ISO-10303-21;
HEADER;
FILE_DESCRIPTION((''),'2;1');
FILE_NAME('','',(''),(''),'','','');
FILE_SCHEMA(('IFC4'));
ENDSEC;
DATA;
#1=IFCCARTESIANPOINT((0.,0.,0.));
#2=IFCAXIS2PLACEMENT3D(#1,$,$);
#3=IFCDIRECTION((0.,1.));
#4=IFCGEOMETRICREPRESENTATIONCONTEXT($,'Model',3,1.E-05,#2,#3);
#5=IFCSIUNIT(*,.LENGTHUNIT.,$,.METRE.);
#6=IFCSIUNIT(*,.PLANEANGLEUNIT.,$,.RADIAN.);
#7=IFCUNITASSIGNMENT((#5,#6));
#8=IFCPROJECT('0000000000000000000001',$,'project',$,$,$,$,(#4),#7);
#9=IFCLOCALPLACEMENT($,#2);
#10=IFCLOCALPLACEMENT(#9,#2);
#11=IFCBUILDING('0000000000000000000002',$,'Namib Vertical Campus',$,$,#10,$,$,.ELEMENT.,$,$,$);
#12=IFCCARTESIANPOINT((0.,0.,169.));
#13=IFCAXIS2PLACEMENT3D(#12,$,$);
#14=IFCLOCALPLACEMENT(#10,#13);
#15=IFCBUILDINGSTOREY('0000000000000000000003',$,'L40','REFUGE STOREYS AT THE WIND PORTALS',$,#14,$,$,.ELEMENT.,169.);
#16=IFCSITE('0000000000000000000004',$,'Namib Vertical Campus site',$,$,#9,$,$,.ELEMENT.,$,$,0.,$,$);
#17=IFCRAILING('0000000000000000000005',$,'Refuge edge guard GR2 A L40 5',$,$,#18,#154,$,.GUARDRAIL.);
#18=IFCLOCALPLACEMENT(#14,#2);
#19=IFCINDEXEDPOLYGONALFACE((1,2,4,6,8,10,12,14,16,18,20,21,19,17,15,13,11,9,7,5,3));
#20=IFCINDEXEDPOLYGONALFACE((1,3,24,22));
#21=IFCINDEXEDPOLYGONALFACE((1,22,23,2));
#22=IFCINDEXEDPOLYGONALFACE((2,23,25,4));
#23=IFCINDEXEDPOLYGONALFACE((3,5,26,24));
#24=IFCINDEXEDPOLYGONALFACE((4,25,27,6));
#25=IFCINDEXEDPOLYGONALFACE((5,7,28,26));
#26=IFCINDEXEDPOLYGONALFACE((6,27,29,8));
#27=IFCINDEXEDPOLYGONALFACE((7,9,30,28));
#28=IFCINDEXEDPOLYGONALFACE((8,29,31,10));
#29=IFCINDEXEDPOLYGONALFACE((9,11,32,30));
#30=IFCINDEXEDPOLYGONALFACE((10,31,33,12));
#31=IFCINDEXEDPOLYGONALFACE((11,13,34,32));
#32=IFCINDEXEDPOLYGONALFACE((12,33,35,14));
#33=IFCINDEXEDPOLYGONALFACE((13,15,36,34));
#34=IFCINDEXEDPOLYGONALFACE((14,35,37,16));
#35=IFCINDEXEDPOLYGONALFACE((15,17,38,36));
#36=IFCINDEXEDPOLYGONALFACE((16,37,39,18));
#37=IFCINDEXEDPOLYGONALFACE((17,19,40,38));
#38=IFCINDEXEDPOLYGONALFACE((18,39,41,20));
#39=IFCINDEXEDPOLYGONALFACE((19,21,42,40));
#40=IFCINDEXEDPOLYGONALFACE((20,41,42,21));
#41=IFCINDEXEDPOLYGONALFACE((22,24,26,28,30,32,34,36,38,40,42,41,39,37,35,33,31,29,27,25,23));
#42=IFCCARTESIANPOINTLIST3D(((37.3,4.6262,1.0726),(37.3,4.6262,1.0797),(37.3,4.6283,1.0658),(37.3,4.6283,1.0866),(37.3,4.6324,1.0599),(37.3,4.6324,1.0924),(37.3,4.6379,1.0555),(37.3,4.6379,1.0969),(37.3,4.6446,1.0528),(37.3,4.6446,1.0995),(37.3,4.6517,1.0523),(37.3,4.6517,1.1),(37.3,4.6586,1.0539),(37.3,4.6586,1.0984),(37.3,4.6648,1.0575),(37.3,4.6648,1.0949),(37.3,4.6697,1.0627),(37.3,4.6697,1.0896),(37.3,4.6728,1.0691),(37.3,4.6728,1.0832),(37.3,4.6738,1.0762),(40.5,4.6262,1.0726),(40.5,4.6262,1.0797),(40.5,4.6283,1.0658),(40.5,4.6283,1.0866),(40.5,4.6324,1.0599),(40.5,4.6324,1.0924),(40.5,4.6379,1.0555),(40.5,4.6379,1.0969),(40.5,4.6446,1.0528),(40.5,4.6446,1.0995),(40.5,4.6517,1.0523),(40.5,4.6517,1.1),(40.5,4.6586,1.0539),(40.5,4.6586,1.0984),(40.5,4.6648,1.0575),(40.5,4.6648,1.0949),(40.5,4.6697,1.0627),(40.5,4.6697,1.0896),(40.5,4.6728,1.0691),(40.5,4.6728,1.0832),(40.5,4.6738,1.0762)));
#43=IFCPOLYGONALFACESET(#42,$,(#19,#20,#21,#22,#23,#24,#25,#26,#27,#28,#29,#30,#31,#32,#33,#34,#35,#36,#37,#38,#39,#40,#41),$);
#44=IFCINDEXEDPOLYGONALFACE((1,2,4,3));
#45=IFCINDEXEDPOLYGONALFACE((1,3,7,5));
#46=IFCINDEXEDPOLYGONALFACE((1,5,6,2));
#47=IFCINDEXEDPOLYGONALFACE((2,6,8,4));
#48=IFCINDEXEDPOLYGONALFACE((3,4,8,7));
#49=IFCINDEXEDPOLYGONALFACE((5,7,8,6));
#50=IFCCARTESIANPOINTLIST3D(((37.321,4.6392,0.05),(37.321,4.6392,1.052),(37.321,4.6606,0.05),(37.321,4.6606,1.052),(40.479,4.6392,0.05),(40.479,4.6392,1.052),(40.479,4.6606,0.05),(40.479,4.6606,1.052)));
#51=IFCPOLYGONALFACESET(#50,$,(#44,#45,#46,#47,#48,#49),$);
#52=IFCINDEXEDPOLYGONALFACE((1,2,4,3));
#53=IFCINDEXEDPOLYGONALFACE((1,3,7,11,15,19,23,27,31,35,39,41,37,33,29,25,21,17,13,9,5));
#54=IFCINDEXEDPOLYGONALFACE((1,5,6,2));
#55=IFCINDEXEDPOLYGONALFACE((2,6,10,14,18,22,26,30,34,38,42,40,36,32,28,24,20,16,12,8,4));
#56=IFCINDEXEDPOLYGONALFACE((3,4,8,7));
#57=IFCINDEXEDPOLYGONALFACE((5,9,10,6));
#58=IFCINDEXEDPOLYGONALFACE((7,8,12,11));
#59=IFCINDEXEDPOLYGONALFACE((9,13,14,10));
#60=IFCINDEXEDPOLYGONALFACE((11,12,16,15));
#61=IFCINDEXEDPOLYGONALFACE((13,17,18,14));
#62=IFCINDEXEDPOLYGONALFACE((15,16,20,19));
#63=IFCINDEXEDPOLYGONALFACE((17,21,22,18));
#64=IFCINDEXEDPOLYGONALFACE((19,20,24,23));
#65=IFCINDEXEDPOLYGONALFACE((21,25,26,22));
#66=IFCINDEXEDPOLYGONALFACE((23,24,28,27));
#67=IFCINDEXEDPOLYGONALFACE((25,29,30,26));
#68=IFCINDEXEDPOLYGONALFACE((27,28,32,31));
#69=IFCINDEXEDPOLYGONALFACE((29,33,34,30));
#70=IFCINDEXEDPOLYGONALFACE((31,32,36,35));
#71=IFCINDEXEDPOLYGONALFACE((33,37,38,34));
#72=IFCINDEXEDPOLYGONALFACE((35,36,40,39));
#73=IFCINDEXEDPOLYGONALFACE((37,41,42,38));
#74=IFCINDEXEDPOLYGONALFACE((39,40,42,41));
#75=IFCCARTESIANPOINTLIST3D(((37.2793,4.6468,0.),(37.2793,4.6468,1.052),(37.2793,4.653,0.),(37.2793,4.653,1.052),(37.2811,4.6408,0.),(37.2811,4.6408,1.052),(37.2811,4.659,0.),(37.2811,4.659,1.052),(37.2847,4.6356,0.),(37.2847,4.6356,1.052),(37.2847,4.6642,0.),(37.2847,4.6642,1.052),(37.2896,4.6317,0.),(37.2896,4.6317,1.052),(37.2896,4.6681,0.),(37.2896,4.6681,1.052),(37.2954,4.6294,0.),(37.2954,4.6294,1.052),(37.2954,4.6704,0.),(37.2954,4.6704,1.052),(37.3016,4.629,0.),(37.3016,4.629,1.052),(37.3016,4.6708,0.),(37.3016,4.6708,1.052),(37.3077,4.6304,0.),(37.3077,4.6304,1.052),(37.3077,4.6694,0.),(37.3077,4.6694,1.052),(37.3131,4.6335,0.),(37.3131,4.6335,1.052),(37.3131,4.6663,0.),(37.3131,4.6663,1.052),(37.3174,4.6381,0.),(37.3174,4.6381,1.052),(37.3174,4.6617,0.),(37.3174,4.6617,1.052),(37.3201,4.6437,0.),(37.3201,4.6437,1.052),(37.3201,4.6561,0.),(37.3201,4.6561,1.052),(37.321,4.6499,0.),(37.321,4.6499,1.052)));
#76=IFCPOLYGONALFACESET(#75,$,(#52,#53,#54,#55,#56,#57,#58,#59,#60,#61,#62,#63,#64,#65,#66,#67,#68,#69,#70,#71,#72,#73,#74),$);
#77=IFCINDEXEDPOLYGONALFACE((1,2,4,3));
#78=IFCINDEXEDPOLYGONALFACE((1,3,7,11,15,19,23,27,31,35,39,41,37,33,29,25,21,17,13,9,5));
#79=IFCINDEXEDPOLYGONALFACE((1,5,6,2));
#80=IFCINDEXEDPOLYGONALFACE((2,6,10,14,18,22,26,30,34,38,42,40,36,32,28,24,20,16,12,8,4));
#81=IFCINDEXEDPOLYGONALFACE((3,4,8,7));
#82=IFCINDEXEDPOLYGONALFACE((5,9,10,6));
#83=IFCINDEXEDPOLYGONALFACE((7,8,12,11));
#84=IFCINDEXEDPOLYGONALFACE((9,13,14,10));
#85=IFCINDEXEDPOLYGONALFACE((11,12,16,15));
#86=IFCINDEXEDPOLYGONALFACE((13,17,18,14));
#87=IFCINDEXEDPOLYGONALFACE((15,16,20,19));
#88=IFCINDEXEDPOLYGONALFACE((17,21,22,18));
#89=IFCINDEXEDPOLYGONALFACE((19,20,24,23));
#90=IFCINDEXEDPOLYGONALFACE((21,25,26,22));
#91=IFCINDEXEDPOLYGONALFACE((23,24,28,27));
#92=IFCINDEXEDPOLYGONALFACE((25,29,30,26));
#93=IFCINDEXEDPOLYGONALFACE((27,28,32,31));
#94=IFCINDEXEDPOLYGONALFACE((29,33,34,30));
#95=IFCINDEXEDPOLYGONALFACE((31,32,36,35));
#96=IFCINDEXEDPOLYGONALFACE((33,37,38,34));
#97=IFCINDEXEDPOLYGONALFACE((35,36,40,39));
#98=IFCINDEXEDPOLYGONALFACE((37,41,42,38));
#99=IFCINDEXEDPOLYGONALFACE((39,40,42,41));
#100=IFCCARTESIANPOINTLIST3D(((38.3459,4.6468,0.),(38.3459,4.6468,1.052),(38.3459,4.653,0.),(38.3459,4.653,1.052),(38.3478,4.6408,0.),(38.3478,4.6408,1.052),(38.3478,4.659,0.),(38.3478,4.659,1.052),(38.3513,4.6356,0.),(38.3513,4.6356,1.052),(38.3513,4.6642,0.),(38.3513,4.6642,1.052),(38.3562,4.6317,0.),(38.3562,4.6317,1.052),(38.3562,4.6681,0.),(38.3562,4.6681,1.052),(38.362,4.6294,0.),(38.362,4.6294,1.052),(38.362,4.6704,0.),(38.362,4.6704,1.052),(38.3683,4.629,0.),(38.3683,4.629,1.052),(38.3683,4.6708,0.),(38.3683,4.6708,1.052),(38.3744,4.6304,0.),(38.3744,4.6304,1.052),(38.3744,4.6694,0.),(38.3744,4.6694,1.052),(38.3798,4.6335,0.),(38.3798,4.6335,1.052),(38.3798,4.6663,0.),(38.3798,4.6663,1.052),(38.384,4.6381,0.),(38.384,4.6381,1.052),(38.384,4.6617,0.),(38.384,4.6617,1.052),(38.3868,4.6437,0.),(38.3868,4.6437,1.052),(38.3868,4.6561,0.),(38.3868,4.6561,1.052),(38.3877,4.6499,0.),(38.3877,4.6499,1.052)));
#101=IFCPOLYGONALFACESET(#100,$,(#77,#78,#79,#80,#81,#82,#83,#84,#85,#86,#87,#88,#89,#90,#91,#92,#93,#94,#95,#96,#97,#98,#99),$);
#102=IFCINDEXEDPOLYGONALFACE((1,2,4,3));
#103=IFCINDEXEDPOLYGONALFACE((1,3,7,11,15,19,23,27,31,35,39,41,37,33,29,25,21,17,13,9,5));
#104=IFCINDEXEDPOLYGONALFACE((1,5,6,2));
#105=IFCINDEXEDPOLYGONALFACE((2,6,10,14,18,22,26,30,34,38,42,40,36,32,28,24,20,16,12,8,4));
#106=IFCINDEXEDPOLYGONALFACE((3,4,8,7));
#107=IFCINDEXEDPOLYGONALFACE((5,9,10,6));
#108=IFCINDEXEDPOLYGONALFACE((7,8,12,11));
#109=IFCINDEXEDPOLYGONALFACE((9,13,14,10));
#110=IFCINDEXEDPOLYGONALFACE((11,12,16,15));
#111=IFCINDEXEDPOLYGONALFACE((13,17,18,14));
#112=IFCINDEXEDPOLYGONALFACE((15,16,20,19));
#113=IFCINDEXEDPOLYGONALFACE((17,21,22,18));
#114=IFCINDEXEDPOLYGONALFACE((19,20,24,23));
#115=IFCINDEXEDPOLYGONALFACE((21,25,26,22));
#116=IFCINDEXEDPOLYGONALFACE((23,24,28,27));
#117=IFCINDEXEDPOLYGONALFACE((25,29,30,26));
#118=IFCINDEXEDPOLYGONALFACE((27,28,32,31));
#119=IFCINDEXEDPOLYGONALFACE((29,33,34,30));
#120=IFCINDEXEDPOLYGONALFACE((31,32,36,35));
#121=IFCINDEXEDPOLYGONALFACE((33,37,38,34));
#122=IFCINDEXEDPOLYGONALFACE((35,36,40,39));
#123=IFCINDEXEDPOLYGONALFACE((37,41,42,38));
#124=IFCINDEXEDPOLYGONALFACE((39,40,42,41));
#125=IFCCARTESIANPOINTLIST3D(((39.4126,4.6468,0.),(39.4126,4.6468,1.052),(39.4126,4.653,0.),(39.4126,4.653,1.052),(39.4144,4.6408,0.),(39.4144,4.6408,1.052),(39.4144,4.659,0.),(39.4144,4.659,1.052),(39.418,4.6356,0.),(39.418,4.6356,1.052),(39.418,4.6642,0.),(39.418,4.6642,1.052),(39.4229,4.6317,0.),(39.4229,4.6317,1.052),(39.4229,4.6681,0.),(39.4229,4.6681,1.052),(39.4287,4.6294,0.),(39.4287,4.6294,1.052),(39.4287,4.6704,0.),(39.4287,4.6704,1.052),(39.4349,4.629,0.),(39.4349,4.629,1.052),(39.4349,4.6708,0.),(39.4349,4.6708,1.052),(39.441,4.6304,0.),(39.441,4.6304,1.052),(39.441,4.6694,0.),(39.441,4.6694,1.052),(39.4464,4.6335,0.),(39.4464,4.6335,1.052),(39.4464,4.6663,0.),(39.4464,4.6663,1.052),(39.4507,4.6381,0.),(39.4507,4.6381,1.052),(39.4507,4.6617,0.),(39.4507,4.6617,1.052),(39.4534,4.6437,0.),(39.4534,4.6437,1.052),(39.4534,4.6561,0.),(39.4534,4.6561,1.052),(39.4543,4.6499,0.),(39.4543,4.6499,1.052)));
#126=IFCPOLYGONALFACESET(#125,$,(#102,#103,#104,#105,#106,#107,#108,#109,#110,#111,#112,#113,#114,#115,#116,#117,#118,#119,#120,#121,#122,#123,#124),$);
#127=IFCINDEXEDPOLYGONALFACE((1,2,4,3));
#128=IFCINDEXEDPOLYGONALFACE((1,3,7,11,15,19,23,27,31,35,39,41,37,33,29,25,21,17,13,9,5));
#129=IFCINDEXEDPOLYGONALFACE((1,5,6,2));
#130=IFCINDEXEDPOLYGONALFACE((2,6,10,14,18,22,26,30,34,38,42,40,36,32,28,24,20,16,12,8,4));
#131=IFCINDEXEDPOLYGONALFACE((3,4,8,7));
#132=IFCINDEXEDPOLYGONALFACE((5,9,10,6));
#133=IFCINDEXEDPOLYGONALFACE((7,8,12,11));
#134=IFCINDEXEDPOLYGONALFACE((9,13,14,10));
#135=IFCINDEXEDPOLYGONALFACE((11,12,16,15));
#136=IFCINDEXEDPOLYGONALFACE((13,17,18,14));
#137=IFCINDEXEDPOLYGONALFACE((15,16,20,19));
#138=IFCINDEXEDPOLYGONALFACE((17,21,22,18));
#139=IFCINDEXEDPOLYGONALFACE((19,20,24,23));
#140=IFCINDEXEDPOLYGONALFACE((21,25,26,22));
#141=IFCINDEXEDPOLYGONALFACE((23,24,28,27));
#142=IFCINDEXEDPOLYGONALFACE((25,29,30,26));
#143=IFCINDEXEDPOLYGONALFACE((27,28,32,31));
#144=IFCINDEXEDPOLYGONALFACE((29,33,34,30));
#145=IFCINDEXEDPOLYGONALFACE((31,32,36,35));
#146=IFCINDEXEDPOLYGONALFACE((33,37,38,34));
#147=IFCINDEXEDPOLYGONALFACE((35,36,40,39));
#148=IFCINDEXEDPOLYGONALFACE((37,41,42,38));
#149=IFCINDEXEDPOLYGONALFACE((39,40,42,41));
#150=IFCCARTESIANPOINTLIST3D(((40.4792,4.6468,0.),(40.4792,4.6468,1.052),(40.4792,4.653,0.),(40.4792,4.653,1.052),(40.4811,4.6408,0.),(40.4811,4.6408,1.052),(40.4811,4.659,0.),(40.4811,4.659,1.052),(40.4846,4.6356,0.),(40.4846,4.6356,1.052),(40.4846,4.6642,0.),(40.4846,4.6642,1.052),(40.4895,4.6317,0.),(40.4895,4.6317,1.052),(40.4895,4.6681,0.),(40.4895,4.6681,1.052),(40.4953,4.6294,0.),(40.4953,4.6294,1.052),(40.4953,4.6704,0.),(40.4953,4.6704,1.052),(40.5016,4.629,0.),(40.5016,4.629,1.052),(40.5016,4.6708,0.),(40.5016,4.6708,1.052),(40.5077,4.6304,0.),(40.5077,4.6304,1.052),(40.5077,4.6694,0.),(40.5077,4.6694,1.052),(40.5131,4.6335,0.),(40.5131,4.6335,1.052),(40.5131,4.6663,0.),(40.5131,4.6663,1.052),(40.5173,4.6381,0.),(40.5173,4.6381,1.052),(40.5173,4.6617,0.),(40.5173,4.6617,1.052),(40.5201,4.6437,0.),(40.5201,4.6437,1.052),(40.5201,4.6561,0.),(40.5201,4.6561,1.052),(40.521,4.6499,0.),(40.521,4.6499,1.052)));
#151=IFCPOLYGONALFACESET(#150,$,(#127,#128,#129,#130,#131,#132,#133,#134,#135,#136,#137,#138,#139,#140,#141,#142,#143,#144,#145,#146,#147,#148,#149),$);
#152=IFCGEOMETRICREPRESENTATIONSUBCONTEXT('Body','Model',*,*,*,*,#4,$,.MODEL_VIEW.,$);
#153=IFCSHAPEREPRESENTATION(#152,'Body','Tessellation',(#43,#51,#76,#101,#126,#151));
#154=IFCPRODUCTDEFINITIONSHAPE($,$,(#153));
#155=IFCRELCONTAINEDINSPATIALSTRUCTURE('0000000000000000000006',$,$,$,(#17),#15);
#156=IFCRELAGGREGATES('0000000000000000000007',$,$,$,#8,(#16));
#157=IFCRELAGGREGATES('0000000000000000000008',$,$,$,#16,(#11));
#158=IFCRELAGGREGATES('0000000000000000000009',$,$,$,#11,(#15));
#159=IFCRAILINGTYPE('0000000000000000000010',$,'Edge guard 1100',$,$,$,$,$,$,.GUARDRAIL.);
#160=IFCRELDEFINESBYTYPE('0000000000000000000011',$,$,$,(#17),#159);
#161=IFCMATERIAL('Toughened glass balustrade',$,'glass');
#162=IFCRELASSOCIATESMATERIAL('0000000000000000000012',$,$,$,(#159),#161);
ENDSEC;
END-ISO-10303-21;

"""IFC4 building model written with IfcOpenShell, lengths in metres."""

from ifc_helpers import new_model, si_unit, direction, frame, origin, origin_2d, place, context, subcontext, project, spatial, polyline, circle, outline, extrude, material, type_object, element, save


model = new_model("IFC4")

# Units and contexts
model_context = context("Model", 3, precision=1e-05, world=origin(), true_north=direction((0.0, 1.0)))
body_context = subcontext(model_context, "Body", "Model", "MODEL_VIEW")
ifc_project = project(units=[si_unit("LENGTHUNIT", "METRE"), si_unit("PLANEANGLEUNIT", "RADIAN")], contexts=[model_context])

# Site, building, storey
site_placement = place(None, origin())
site = spatial("IfcSite", under=ifc_project, at=site_placement, Name="Namib Vertical Campus site", CompositionType="ELEMENT", RefElevation=0.0)
building_placement = place(site_placement, origin())
building = spatial("IfcBuilding", under=site, at=building_placement, Name="Namib Vertical Campus", CompositionType="ELEMENT")
storey_placement = place(building_placement, frame((0.0, 0.0, 169.0)))
storey = spatial("IfcBuildingStorey", under=building, at=storey_placement, Name="L40", Description="REFUGE STOREYS AT THE WIND PORTALS", CompositionType="ELEMENT", Elevation=169.0)

# Railing
ifc_material_1 = material(Name="Toughened glass balustrade", Category="glass")
railing_type = type_object("IfcRailingType", Name="Edge guard 1100", PredefinedType="GUARDRAIL", material=ifc_material_1)
railing_1_placement = place(storey_placement, frame((37.3, 4.6499, 0.0)))
element("IfcRailing", 1, at=railing_1_placement, inside=storey, type_object=railing_type, Name="Refuge edge guard GR2 A L40 5", PredefinedType="GUARDRAIL", context=body_context, shape_type="SweptSolid", body=[
    extrude(circle(Radius=0.0239, at=origin_2d()), frame((0.0, 0.0, 1.0762), z_axis=(1.0, 0.0, 0.0), x_axis=(0.0, 1.0, 0.0)), (0.0, 0.0, 1.0), 3.2),
    extrude(outline(polyline([(0.021, 0.05), (3.179, 0.05), (3.179, 1.052), (0.021, 1.052), (0.021, 0.05)])), frame((0.0, 0.0107, 0.0), z_axis=(0.0, -1.0, 0.0), x_axis=(1.0, 0.0, 0.0)), (0.0, 0.0, 1.0), 0.0215),
    extrude(circle(Radius=0.021, at=origin_2d()), origin(), (0.0, 0.0, 1.0), 1.052),
    extrude(circle(Radius=0.021, at=origin_2d()), frame((1.0667, 0.0, 0.0)), (0.0, 0.0, 1.0), 1.052),
    extrude(circle(Radius=0.021, at=origin_2d()), frame((2.1333, 0.0, 0.0)), (0.0, 0.0, 1.0), 1.052),
    extrude(circle(Radius=0.021, at=origin_2d()), frame((3.2, 0.0, 0.0)), (0.0, 0.0, 1.0), 1.052),
])

save(model, "model.ifc")
